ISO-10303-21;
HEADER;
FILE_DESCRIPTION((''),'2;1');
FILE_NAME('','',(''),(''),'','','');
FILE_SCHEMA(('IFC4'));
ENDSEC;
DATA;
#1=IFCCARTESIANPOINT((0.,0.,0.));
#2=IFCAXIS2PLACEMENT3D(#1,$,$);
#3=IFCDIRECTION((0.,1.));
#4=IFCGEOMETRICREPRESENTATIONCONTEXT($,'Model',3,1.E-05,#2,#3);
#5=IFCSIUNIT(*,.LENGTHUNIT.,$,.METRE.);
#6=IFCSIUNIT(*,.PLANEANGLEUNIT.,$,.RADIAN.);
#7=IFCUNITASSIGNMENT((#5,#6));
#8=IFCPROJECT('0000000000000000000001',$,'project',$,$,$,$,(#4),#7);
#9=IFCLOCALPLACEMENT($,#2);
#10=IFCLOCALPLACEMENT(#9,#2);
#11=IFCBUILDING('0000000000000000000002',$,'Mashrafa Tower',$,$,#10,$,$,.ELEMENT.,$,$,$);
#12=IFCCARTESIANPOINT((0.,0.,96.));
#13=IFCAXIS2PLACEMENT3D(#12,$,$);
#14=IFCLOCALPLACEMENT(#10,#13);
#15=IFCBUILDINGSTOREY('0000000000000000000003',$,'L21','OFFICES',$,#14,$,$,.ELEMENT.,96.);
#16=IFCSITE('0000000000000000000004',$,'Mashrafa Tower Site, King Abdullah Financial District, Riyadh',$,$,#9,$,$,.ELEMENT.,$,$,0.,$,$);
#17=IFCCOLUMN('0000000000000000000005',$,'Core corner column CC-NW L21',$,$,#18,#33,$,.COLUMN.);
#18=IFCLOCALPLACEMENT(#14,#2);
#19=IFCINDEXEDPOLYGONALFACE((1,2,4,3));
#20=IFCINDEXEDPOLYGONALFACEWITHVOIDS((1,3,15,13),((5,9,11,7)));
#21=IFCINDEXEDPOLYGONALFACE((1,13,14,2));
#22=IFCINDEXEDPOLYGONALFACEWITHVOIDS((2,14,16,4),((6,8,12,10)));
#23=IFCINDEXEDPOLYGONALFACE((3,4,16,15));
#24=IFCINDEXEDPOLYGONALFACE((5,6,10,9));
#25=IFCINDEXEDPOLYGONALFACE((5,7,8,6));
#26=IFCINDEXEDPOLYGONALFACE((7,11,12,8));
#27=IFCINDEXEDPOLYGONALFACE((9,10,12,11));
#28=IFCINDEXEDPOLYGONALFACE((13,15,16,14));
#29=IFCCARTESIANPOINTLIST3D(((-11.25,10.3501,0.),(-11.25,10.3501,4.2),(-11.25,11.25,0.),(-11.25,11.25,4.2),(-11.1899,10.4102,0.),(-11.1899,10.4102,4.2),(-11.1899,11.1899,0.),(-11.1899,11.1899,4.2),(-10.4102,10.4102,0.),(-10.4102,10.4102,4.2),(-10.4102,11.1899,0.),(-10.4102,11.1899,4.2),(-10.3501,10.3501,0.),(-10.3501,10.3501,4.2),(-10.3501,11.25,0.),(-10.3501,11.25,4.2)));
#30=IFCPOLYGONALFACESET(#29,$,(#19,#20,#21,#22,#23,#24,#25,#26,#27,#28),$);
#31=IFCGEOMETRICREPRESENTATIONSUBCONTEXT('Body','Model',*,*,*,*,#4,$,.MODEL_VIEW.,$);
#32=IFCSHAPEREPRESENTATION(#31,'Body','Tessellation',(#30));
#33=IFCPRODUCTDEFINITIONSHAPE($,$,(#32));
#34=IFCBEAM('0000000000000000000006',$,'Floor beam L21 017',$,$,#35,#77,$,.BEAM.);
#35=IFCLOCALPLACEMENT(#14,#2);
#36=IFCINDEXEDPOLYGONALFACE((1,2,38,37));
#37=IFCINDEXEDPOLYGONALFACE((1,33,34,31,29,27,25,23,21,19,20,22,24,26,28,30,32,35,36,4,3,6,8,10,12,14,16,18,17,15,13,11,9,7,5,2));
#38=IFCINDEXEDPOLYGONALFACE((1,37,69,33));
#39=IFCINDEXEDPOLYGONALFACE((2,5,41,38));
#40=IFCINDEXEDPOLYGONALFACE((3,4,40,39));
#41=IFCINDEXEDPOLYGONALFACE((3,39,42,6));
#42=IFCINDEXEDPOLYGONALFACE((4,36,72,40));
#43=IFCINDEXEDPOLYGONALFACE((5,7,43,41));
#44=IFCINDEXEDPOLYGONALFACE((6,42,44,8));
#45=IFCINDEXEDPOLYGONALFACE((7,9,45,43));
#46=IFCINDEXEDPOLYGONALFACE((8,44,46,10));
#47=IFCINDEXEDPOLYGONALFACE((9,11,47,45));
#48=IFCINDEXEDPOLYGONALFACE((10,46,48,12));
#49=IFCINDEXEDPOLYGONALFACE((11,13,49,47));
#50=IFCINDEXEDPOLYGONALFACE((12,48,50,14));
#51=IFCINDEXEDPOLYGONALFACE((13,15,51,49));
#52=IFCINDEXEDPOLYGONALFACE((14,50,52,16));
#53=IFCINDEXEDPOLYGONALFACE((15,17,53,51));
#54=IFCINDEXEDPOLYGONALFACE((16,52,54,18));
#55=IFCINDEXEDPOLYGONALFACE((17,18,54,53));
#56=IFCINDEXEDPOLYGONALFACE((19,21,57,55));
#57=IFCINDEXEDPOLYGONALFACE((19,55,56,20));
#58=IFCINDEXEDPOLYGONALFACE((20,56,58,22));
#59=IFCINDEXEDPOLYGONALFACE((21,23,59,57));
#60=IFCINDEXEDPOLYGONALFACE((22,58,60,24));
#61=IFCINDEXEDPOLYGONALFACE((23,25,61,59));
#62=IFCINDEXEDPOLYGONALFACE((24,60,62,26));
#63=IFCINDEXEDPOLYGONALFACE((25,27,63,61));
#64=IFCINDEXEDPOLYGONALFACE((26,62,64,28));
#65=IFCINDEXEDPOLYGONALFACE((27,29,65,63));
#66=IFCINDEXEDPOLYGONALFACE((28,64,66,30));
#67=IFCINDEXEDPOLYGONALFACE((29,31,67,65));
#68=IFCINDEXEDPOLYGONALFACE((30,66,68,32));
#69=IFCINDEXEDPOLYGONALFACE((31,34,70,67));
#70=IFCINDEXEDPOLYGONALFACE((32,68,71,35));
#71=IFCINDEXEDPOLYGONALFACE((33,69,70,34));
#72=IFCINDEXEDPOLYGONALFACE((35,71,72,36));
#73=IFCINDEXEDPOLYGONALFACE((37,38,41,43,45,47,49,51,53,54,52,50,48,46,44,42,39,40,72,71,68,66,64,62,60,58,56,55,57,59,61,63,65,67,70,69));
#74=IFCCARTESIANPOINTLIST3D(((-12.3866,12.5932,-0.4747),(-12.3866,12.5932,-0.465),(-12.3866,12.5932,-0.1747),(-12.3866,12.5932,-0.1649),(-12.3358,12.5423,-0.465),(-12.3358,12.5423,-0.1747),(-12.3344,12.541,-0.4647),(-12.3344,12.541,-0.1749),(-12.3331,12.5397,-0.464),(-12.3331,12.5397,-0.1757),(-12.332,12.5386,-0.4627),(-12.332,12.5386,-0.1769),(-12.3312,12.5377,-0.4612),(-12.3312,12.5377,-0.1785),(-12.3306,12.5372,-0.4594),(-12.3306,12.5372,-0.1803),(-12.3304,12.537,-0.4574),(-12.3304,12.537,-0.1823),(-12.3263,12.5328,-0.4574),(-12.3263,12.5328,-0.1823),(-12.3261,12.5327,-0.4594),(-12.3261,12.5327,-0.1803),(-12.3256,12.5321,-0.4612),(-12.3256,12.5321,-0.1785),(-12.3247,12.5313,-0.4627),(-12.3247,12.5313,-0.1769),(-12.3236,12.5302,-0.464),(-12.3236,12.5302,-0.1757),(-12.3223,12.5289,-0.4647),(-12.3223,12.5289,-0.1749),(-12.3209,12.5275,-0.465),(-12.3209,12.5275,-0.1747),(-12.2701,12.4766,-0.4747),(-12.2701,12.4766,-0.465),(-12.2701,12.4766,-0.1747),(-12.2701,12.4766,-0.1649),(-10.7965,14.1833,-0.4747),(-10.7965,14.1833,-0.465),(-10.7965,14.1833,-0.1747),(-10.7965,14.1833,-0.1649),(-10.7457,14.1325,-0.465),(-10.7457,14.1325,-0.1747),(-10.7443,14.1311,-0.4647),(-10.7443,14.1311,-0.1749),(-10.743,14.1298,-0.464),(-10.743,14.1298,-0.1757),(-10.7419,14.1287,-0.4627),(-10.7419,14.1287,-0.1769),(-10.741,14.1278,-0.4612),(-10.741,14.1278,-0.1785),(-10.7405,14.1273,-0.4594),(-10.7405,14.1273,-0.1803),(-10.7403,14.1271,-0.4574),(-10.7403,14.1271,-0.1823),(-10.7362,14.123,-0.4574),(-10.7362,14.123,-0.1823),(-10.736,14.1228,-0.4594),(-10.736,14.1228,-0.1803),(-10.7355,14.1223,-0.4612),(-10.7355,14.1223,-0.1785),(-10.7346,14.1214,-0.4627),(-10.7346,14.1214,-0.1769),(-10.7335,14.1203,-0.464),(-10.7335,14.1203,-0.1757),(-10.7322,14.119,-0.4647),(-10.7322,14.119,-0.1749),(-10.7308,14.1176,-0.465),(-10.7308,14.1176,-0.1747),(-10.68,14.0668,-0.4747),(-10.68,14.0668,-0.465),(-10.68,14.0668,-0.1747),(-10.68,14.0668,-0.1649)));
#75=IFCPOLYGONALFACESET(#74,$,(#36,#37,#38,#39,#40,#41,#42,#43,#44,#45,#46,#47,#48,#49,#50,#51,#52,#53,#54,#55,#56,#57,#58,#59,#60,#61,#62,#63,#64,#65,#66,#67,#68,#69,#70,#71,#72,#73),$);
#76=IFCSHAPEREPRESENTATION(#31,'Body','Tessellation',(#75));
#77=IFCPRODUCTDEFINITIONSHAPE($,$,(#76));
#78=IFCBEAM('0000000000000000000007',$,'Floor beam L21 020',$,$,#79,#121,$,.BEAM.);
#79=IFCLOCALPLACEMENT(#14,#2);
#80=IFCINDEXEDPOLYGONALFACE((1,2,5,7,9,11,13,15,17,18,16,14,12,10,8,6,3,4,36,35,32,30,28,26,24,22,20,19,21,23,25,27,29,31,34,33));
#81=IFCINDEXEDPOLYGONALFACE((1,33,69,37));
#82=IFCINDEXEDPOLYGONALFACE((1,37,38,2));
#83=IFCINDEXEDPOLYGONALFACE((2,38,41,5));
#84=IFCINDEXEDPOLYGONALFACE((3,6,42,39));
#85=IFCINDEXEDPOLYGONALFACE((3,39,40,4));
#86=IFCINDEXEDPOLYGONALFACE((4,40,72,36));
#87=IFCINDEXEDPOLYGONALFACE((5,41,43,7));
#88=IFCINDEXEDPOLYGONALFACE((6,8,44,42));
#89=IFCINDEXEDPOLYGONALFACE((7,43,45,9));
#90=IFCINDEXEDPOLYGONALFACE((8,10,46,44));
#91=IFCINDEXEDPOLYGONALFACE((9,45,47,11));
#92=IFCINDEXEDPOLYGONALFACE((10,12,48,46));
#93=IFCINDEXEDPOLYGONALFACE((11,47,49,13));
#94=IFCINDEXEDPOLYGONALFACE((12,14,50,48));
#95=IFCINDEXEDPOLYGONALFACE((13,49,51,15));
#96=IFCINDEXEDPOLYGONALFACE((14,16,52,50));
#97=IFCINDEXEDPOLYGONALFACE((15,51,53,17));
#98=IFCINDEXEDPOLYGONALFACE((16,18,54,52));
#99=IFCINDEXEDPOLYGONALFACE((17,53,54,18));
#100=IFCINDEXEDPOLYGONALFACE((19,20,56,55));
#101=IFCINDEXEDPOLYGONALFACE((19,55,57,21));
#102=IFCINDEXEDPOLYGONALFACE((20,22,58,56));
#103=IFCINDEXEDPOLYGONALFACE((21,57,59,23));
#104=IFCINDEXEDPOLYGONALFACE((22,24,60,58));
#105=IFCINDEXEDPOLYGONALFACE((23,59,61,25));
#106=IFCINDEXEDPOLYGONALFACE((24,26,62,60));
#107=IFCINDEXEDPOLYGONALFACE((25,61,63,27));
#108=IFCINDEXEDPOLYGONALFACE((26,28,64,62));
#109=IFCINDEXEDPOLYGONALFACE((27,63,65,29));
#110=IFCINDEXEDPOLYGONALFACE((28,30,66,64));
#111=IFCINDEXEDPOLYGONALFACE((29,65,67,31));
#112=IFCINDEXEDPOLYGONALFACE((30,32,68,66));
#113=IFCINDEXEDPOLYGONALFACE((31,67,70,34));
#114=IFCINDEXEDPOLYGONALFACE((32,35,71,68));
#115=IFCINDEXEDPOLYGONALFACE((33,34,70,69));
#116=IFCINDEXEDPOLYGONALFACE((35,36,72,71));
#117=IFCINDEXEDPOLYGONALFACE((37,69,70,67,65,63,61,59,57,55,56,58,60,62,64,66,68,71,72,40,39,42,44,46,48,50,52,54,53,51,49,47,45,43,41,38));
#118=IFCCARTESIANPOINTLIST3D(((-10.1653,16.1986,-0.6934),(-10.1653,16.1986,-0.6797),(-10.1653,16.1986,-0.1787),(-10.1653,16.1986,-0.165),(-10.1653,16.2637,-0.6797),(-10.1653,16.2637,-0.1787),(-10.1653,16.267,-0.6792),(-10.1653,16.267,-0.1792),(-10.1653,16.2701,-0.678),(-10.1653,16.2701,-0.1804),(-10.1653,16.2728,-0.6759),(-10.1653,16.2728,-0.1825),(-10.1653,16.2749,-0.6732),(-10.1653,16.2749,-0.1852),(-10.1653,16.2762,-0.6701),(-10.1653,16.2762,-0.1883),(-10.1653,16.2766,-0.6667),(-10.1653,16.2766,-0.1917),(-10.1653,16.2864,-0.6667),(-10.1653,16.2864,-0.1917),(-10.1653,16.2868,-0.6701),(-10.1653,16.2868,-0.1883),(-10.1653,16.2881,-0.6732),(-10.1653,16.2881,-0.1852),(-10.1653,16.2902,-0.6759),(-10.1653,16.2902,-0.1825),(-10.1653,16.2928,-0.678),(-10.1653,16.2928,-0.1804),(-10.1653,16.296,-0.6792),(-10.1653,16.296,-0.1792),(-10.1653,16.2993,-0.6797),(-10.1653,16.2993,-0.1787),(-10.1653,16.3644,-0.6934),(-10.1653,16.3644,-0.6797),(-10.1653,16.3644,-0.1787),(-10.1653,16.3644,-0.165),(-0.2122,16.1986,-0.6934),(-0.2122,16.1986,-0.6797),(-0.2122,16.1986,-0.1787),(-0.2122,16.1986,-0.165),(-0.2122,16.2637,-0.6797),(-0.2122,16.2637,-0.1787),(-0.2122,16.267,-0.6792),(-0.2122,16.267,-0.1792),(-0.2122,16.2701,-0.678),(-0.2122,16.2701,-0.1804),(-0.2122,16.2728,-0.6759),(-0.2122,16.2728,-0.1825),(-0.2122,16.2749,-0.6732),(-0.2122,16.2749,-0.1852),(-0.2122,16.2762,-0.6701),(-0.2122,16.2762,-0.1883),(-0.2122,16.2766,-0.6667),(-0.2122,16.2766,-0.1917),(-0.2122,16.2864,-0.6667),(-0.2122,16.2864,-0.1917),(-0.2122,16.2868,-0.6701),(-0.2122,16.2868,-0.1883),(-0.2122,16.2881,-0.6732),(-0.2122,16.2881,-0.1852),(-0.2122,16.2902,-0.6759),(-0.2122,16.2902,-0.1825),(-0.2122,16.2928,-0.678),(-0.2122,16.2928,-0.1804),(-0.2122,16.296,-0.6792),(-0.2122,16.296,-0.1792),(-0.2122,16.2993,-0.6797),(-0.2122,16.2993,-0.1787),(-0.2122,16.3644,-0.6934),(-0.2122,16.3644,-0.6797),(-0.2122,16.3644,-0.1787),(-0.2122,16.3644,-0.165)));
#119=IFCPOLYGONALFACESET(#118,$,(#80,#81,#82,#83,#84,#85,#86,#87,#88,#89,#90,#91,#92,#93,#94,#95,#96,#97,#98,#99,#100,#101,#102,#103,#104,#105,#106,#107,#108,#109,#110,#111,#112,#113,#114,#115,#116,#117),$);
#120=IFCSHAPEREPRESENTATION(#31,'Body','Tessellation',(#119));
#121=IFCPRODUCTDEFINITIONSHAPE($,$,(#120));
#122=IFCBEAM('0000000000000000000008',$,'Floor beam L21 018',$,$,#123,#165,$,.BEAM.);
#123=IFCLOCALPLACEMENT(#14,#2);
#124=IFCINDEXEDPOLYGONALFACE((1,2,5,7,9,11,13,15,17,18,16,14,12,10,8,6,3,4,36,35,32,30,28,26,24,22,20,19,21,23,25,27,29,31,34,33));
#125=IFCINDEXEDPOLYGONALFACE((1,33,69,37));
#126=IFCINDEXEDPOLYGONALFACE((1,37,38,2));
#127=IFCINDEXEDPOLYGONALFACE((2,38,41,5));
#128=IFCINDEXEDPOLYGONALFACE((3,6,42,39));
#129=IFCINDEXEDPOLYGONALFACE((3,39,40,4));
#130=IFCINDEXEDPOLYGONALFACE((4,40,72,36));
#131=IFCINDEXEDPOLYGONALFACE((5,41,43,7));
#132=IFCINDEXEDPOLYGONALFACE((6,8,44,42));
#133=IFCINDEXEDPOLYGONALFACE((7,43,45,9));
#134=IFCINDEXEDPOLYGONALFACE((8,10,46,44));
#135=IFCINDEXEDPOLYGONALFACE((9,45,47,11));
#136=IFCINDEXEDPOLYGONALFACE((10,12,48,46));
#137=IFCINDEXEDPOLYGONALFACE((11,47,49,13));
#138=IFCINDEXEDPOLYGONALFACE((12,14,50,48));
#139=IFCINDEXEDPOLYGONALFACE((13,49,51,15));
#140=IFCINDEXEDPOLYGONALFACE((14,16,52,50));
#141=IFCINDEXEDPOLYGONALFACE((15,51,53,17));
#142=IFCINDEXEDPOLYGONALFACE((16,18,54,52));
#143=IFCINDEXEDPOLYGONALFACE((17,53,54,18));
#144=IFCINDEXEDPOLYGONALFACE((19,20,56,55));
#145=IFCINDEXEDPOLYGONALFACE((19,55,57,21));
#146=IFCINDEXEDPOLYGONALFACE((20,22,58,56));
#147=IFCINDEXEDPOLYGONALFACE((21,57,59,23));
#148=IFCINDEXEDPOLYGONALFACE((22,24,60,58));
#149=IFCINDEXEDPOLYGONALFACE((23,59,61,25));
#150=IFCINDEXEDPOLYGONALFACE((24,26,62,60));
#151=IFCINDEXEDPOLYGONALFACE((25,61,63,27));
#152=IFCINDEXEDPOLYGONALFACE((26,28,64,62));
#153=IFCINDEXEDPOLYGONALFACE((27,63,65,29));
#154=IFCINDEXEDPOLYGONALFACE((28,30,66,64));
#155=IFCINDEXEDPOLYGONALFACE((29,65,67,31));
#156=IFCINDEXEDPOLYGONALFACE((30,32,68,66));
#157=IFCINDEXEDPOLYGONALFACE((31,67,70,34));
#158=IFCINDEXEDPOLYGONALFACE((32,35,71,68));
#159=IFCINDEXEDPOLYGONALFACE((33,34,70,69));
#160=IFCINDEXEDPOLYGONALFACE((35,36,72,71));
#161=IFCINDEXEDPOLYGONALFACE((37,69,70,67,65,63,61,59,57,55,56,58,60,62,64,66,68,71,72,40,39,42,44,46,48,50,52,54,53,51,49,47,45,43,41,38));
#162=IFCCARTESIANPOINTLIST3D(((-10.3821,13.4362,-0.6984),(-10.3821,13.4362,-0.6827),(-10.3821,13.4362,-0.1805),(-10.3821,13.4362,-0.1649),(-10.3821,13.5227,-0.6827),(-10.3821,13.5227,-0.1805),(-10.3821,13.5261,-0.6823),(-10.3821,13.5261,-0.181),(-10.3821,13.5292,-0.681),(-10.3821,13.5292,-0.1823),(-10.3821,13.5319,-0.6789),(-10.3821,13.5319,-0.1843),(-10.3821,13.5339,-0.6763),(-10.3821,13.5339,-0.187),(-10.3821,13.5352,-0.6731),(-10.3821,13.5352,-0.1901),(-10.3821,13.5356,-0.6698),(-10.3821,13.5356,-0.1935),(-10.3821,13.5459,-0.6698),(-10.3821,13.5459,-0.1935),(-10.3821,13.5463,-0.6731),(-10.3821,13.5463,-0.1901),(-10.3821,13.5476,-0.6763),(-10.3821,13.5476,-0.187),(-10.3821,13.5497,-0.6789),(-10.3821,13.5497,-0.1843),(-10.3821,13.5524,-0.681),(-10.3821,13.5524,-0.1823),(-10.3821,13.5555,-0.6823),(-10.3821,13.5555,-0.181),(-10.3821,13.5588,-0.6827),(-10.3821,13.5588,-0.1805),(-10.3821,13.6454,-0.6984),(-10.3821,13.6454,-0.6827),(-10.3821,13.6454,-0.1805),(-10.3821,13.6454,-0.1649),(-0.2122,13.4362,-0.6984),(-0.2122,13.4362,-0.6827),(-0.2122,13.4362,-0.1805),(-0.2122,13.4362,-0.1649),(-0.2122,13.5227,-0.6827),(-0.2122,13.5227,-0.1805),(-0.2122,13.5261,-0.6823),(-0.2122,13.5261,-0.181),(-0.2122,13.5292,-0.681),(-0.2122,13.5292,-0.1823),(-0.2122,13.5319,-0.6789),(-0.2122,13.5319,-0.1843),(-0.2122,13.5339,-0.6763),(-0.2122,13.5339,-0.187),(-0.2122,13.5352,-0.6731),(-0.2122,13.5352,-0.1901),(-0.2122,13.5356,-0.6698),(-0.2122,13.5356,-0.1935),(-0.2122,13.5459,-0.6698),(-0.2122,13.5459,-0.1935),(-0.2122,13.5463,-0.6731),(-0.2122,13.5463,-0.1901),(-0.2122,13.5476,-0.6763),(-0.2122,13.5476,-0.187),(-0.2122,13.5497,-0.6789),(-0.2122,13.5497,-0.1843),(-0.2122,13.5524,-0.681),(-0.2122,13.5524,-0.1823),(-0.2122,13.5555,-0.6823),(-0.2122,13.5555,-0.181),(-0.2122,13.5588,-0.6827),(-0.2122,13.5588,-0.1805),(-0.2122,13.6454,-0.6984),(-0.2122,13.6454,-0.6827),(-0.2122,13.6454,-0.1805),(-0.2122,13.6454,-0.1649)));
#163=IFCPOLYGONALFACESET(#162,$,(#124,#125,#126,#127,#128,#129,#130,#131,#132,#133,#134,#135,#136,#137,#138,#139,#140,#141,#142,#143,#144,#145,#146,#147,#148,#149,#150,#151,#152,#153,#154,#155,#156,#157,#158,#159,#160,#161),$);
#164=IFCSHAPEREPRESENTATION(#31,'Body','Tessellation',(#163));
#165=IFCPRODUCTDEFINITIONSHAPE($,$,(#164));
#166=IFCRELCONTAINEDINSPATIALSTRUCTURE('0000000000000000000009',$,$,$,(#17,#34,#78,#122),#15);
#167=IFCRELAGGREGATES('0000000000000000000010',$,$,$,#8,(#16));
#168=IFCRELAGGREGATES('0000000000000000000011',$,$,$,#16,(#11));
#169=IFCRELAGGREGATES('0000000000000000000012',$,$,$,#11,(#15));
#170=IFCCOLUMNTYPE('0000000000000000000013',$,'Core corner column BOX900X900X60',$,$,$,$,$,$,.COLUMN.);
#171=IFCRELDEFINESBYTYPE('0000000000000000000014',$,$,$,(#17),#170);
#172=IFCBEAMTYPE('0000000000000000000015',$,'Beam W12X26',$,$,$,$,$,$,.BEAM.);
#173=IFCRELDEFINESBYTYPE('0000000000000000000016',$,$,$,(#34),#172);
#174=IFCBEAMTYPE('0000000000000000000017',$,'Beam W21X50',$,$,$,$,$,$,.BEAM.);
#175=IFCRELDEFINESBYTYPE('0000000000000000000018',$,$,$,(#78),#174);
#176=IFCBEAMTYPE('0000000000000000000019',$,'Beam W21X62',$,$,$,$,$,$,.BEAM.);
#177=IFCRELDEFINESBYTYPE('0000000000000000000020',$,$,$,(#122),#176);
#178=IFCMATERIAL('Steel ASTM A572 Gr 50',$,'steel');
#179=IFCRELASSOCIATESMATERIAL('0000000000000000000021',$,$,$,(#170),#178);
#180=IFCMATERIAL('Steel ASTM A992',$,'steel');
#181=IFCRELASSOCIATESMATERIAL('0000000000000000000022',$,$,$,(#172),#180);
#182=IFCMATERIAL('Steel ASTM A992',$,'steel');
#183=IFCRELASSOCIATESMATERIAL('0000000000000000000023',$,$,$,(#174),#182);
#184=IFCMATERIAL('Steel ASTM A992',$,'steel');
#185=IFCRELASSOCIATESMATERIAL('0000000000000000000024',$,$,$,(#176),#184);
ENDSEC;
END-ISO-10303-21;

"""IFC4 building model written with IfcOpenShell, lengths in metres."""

from ifc_helpers import new_model, si_unit, direction, frame, origin, origin_2d, place, context, subcontext, project, spatial, hollow_rectangle, i_section, extrude, material, material_profile, profile_set, type_object, element, save


model = new_model("IFC4")

# Units and contexts
model_context = context("Model", 3, precision=1e-05, world=origin(), true_north=direction((0.0, 1.0)))
body_context = subcontext(model_context, "Body", "Model", "MODEL_VIEW")
ifc_project = project(units=[si_unit("LENGTHUNIT", "METRE"), si_unit("PLANEANGLEUNIT", "RADIAN")], contexts=[model_context])

# Site, building, storey
site_placement = place(None, origin())
site = spatial("IfcSite", under=ifc_project, at=site_placement, Name="Mashrafa Tower Site, King Abdullah Financial District, Riyadh", CompositionType="ELEMENT", RefElevation=0.0)
building_placement = place(site_placement, origin())
building = spatial("IfcBuilding", under=site, at=building_placement, Name="Mashrafa Tower", CompositionType="ELEMENT")
storey_placement = place(building_placement, frame((0.0, 0.0, 96.0)))
storey = spatial("IfcBuildingStorey", under=building, at=storey_placement, Name="L21", Description="OFFICES", CompositionType="ELEMENT", Elevation=96.0)

# Column
ifc_material_1 = material(Name="Steel ASTM A572 Gr 50", Category="steel")
ifc_material_profile_1 = material_profile(ifc_material_1, hollow_rectangle(XDim=0.8999, YDim=0.8999, WallThickness=0.0601, at=origin_2d()), Name="BOX900X900X60")
ifc_profile_set_1 = profile_set([ifc_material_profile_1], Name="Steel ASTM A572 Gr 50")
column_type = type_object("IfcColumnType", Name="Core corner column BOX900X900X60", PredefinedType="COLUMN", material=ifc_profile_set_1)
column_placement = place(storey_placement, frame((-10.8, 10.8, 0.0), z_axis=(0.0, 0.0, 1.0), x_axis=(1.0, 0.0, 0.0)))
element("IfcColumn", 1, at=column_placement, inside=storey, type_object=column_type, Name="Core corner column CC-NW L21", PredefinedType="COLUMN", context=body_context, shape_type="SweptSolid", body=[
    extrude(hollow_rectangle(XDim=0.8999, YDim=0.8999, WallThickness=0.0601, at=origin_2d()), origin(), (0.0, 0.0, 1.0), 4.2),
])

# Beams
ifc_material_2 = material(Name="Steel ASTM A992", Category="steel")
ifc_material_profile_2 = material_profile(ifc_material_2, i_section(OverallWidth=0.1648, OverallDepth=0.3098, WebThickness=0.0059, FlangeThickness=0.0098, FilletRadius=0.0076, at=origin_2d()), Name="W12X26")
ifc_profile_set_2 = profile_set([ifc_material_profile_2], Name="Steel ASTM A992")
beam_type_1 = type_object("IfcBeamType", Name="Beam W12X26", PredefinedType="BEAM", material=ifc_profile_set_2)
beam_1_placement = place(storey_placement, frame((-12.3284, 12.5349, -0.3198), z_axis=(0.707107, 0.707107, 0.0), x_axis=(-0.707107, 0.707107, 0.0)))
element("IfcBeam", 2, at=beam_1_placement, inside=storey, type_object=beam_type_1, Name="Floor beam L21 017", PredefinedType="BEAM", context=body_context, shape_type="SweptSolid", body=[
    extrude(i_section(OverallWidth=0.1648, OverallDepth=0.3098, WebThickness=0.0059, FlangeThickness=0.0098, FilletRadius=0.0076, at=origin_2d()), origin(), (0.0, 0.0, 1.0), 2.2488),
])
ifc_material_3 = material(Name="Steel ASTM A992", Category="steel")
ifc_material_profile_3 = material_profile(ifc_material_3, i_section(OverallWidth=0.1658, OverallDepth=0.5283, WebThickness=0.0098, FlangeThickness=0.0137, FilletRadius=0.0129, at=origin_2d()), Name="W21X50")
ifc_profile_set_3 = profile_set([ifc_material_profile_3], Name="Steel ASTM A992")
beam_type_2 = type_object("IfcBeamType", Name="Beam W21X50", PredefinedType="BEAM", material=ifc_profile_set_3)
beam_2_placement = place(storey_placement, frame((-10.1653, 16.2815, -0.4292), z_axis=(1.0, 0.0, 0.0), x_axis=(0.0, 1.0, 0.0)))
element("IfcBeam", 3, at=beam_2_placement, inside=storey, type_object=beam_type_2, Name="Floor beam L21 020", PredefinedType="BEAM", context=body_context, shape_type="SweptSolid", body=[
    extrude(i_section(OverallWidth=0.1658, OverallDepth=0.5283, WebThickness=0.0098, FlangeThickness=0.0137, FilletRadius=0.0129, at=origin_2d()), origin(), (0.0, 0.0, 1.0), 9.9531),
])
ifc_material_4 = material(Name="Steel ASTM A992", Category="steel")
ifc_material_profile_4 = material_profile(ifc_material_4, i_section(OverallWidth=0.2092, OverallDepth=0.5334, WebThickness=0.0103, FlangeThickness=0.0156, FilletRadius=0.0129, at=origin_2d()), Name="W21X62")
ifc_profile_set_4 = profile_set([ifc_material_profile_4], Name="Steel ASTM A992")
beam_type_3 = type_object("IfcBeamType", Name="Beam W21X62", PredefinedType="BEAM", material=ifc_profile_set_4)
beam_3_placement = place(storey_placement, frame((-10.3821, 13.5408, -0.4316), z_axis=(1.0, 0.0, 0.0), x_axis=(0.0, 1.0, 0.0)))
element("IfcBeam", 4, at=beam_3_placement, inside=storey, type_object=beam_type_3, Name="Floor beam L21 018", PredefinedType="BEAM", context=body_context, shape_type="SweptSolid", body=[
    extrude(i_section(OverallWidth=0.2092, OverallDepth=0.5334, WebThickness=0.0103, FlangeThickness=0.0156, FilletRadius=0.0129, at=origin_2d()), origin(), (0.0, 0.0, 1.0), 10.1699),
])

save(model, "model.ifc")
